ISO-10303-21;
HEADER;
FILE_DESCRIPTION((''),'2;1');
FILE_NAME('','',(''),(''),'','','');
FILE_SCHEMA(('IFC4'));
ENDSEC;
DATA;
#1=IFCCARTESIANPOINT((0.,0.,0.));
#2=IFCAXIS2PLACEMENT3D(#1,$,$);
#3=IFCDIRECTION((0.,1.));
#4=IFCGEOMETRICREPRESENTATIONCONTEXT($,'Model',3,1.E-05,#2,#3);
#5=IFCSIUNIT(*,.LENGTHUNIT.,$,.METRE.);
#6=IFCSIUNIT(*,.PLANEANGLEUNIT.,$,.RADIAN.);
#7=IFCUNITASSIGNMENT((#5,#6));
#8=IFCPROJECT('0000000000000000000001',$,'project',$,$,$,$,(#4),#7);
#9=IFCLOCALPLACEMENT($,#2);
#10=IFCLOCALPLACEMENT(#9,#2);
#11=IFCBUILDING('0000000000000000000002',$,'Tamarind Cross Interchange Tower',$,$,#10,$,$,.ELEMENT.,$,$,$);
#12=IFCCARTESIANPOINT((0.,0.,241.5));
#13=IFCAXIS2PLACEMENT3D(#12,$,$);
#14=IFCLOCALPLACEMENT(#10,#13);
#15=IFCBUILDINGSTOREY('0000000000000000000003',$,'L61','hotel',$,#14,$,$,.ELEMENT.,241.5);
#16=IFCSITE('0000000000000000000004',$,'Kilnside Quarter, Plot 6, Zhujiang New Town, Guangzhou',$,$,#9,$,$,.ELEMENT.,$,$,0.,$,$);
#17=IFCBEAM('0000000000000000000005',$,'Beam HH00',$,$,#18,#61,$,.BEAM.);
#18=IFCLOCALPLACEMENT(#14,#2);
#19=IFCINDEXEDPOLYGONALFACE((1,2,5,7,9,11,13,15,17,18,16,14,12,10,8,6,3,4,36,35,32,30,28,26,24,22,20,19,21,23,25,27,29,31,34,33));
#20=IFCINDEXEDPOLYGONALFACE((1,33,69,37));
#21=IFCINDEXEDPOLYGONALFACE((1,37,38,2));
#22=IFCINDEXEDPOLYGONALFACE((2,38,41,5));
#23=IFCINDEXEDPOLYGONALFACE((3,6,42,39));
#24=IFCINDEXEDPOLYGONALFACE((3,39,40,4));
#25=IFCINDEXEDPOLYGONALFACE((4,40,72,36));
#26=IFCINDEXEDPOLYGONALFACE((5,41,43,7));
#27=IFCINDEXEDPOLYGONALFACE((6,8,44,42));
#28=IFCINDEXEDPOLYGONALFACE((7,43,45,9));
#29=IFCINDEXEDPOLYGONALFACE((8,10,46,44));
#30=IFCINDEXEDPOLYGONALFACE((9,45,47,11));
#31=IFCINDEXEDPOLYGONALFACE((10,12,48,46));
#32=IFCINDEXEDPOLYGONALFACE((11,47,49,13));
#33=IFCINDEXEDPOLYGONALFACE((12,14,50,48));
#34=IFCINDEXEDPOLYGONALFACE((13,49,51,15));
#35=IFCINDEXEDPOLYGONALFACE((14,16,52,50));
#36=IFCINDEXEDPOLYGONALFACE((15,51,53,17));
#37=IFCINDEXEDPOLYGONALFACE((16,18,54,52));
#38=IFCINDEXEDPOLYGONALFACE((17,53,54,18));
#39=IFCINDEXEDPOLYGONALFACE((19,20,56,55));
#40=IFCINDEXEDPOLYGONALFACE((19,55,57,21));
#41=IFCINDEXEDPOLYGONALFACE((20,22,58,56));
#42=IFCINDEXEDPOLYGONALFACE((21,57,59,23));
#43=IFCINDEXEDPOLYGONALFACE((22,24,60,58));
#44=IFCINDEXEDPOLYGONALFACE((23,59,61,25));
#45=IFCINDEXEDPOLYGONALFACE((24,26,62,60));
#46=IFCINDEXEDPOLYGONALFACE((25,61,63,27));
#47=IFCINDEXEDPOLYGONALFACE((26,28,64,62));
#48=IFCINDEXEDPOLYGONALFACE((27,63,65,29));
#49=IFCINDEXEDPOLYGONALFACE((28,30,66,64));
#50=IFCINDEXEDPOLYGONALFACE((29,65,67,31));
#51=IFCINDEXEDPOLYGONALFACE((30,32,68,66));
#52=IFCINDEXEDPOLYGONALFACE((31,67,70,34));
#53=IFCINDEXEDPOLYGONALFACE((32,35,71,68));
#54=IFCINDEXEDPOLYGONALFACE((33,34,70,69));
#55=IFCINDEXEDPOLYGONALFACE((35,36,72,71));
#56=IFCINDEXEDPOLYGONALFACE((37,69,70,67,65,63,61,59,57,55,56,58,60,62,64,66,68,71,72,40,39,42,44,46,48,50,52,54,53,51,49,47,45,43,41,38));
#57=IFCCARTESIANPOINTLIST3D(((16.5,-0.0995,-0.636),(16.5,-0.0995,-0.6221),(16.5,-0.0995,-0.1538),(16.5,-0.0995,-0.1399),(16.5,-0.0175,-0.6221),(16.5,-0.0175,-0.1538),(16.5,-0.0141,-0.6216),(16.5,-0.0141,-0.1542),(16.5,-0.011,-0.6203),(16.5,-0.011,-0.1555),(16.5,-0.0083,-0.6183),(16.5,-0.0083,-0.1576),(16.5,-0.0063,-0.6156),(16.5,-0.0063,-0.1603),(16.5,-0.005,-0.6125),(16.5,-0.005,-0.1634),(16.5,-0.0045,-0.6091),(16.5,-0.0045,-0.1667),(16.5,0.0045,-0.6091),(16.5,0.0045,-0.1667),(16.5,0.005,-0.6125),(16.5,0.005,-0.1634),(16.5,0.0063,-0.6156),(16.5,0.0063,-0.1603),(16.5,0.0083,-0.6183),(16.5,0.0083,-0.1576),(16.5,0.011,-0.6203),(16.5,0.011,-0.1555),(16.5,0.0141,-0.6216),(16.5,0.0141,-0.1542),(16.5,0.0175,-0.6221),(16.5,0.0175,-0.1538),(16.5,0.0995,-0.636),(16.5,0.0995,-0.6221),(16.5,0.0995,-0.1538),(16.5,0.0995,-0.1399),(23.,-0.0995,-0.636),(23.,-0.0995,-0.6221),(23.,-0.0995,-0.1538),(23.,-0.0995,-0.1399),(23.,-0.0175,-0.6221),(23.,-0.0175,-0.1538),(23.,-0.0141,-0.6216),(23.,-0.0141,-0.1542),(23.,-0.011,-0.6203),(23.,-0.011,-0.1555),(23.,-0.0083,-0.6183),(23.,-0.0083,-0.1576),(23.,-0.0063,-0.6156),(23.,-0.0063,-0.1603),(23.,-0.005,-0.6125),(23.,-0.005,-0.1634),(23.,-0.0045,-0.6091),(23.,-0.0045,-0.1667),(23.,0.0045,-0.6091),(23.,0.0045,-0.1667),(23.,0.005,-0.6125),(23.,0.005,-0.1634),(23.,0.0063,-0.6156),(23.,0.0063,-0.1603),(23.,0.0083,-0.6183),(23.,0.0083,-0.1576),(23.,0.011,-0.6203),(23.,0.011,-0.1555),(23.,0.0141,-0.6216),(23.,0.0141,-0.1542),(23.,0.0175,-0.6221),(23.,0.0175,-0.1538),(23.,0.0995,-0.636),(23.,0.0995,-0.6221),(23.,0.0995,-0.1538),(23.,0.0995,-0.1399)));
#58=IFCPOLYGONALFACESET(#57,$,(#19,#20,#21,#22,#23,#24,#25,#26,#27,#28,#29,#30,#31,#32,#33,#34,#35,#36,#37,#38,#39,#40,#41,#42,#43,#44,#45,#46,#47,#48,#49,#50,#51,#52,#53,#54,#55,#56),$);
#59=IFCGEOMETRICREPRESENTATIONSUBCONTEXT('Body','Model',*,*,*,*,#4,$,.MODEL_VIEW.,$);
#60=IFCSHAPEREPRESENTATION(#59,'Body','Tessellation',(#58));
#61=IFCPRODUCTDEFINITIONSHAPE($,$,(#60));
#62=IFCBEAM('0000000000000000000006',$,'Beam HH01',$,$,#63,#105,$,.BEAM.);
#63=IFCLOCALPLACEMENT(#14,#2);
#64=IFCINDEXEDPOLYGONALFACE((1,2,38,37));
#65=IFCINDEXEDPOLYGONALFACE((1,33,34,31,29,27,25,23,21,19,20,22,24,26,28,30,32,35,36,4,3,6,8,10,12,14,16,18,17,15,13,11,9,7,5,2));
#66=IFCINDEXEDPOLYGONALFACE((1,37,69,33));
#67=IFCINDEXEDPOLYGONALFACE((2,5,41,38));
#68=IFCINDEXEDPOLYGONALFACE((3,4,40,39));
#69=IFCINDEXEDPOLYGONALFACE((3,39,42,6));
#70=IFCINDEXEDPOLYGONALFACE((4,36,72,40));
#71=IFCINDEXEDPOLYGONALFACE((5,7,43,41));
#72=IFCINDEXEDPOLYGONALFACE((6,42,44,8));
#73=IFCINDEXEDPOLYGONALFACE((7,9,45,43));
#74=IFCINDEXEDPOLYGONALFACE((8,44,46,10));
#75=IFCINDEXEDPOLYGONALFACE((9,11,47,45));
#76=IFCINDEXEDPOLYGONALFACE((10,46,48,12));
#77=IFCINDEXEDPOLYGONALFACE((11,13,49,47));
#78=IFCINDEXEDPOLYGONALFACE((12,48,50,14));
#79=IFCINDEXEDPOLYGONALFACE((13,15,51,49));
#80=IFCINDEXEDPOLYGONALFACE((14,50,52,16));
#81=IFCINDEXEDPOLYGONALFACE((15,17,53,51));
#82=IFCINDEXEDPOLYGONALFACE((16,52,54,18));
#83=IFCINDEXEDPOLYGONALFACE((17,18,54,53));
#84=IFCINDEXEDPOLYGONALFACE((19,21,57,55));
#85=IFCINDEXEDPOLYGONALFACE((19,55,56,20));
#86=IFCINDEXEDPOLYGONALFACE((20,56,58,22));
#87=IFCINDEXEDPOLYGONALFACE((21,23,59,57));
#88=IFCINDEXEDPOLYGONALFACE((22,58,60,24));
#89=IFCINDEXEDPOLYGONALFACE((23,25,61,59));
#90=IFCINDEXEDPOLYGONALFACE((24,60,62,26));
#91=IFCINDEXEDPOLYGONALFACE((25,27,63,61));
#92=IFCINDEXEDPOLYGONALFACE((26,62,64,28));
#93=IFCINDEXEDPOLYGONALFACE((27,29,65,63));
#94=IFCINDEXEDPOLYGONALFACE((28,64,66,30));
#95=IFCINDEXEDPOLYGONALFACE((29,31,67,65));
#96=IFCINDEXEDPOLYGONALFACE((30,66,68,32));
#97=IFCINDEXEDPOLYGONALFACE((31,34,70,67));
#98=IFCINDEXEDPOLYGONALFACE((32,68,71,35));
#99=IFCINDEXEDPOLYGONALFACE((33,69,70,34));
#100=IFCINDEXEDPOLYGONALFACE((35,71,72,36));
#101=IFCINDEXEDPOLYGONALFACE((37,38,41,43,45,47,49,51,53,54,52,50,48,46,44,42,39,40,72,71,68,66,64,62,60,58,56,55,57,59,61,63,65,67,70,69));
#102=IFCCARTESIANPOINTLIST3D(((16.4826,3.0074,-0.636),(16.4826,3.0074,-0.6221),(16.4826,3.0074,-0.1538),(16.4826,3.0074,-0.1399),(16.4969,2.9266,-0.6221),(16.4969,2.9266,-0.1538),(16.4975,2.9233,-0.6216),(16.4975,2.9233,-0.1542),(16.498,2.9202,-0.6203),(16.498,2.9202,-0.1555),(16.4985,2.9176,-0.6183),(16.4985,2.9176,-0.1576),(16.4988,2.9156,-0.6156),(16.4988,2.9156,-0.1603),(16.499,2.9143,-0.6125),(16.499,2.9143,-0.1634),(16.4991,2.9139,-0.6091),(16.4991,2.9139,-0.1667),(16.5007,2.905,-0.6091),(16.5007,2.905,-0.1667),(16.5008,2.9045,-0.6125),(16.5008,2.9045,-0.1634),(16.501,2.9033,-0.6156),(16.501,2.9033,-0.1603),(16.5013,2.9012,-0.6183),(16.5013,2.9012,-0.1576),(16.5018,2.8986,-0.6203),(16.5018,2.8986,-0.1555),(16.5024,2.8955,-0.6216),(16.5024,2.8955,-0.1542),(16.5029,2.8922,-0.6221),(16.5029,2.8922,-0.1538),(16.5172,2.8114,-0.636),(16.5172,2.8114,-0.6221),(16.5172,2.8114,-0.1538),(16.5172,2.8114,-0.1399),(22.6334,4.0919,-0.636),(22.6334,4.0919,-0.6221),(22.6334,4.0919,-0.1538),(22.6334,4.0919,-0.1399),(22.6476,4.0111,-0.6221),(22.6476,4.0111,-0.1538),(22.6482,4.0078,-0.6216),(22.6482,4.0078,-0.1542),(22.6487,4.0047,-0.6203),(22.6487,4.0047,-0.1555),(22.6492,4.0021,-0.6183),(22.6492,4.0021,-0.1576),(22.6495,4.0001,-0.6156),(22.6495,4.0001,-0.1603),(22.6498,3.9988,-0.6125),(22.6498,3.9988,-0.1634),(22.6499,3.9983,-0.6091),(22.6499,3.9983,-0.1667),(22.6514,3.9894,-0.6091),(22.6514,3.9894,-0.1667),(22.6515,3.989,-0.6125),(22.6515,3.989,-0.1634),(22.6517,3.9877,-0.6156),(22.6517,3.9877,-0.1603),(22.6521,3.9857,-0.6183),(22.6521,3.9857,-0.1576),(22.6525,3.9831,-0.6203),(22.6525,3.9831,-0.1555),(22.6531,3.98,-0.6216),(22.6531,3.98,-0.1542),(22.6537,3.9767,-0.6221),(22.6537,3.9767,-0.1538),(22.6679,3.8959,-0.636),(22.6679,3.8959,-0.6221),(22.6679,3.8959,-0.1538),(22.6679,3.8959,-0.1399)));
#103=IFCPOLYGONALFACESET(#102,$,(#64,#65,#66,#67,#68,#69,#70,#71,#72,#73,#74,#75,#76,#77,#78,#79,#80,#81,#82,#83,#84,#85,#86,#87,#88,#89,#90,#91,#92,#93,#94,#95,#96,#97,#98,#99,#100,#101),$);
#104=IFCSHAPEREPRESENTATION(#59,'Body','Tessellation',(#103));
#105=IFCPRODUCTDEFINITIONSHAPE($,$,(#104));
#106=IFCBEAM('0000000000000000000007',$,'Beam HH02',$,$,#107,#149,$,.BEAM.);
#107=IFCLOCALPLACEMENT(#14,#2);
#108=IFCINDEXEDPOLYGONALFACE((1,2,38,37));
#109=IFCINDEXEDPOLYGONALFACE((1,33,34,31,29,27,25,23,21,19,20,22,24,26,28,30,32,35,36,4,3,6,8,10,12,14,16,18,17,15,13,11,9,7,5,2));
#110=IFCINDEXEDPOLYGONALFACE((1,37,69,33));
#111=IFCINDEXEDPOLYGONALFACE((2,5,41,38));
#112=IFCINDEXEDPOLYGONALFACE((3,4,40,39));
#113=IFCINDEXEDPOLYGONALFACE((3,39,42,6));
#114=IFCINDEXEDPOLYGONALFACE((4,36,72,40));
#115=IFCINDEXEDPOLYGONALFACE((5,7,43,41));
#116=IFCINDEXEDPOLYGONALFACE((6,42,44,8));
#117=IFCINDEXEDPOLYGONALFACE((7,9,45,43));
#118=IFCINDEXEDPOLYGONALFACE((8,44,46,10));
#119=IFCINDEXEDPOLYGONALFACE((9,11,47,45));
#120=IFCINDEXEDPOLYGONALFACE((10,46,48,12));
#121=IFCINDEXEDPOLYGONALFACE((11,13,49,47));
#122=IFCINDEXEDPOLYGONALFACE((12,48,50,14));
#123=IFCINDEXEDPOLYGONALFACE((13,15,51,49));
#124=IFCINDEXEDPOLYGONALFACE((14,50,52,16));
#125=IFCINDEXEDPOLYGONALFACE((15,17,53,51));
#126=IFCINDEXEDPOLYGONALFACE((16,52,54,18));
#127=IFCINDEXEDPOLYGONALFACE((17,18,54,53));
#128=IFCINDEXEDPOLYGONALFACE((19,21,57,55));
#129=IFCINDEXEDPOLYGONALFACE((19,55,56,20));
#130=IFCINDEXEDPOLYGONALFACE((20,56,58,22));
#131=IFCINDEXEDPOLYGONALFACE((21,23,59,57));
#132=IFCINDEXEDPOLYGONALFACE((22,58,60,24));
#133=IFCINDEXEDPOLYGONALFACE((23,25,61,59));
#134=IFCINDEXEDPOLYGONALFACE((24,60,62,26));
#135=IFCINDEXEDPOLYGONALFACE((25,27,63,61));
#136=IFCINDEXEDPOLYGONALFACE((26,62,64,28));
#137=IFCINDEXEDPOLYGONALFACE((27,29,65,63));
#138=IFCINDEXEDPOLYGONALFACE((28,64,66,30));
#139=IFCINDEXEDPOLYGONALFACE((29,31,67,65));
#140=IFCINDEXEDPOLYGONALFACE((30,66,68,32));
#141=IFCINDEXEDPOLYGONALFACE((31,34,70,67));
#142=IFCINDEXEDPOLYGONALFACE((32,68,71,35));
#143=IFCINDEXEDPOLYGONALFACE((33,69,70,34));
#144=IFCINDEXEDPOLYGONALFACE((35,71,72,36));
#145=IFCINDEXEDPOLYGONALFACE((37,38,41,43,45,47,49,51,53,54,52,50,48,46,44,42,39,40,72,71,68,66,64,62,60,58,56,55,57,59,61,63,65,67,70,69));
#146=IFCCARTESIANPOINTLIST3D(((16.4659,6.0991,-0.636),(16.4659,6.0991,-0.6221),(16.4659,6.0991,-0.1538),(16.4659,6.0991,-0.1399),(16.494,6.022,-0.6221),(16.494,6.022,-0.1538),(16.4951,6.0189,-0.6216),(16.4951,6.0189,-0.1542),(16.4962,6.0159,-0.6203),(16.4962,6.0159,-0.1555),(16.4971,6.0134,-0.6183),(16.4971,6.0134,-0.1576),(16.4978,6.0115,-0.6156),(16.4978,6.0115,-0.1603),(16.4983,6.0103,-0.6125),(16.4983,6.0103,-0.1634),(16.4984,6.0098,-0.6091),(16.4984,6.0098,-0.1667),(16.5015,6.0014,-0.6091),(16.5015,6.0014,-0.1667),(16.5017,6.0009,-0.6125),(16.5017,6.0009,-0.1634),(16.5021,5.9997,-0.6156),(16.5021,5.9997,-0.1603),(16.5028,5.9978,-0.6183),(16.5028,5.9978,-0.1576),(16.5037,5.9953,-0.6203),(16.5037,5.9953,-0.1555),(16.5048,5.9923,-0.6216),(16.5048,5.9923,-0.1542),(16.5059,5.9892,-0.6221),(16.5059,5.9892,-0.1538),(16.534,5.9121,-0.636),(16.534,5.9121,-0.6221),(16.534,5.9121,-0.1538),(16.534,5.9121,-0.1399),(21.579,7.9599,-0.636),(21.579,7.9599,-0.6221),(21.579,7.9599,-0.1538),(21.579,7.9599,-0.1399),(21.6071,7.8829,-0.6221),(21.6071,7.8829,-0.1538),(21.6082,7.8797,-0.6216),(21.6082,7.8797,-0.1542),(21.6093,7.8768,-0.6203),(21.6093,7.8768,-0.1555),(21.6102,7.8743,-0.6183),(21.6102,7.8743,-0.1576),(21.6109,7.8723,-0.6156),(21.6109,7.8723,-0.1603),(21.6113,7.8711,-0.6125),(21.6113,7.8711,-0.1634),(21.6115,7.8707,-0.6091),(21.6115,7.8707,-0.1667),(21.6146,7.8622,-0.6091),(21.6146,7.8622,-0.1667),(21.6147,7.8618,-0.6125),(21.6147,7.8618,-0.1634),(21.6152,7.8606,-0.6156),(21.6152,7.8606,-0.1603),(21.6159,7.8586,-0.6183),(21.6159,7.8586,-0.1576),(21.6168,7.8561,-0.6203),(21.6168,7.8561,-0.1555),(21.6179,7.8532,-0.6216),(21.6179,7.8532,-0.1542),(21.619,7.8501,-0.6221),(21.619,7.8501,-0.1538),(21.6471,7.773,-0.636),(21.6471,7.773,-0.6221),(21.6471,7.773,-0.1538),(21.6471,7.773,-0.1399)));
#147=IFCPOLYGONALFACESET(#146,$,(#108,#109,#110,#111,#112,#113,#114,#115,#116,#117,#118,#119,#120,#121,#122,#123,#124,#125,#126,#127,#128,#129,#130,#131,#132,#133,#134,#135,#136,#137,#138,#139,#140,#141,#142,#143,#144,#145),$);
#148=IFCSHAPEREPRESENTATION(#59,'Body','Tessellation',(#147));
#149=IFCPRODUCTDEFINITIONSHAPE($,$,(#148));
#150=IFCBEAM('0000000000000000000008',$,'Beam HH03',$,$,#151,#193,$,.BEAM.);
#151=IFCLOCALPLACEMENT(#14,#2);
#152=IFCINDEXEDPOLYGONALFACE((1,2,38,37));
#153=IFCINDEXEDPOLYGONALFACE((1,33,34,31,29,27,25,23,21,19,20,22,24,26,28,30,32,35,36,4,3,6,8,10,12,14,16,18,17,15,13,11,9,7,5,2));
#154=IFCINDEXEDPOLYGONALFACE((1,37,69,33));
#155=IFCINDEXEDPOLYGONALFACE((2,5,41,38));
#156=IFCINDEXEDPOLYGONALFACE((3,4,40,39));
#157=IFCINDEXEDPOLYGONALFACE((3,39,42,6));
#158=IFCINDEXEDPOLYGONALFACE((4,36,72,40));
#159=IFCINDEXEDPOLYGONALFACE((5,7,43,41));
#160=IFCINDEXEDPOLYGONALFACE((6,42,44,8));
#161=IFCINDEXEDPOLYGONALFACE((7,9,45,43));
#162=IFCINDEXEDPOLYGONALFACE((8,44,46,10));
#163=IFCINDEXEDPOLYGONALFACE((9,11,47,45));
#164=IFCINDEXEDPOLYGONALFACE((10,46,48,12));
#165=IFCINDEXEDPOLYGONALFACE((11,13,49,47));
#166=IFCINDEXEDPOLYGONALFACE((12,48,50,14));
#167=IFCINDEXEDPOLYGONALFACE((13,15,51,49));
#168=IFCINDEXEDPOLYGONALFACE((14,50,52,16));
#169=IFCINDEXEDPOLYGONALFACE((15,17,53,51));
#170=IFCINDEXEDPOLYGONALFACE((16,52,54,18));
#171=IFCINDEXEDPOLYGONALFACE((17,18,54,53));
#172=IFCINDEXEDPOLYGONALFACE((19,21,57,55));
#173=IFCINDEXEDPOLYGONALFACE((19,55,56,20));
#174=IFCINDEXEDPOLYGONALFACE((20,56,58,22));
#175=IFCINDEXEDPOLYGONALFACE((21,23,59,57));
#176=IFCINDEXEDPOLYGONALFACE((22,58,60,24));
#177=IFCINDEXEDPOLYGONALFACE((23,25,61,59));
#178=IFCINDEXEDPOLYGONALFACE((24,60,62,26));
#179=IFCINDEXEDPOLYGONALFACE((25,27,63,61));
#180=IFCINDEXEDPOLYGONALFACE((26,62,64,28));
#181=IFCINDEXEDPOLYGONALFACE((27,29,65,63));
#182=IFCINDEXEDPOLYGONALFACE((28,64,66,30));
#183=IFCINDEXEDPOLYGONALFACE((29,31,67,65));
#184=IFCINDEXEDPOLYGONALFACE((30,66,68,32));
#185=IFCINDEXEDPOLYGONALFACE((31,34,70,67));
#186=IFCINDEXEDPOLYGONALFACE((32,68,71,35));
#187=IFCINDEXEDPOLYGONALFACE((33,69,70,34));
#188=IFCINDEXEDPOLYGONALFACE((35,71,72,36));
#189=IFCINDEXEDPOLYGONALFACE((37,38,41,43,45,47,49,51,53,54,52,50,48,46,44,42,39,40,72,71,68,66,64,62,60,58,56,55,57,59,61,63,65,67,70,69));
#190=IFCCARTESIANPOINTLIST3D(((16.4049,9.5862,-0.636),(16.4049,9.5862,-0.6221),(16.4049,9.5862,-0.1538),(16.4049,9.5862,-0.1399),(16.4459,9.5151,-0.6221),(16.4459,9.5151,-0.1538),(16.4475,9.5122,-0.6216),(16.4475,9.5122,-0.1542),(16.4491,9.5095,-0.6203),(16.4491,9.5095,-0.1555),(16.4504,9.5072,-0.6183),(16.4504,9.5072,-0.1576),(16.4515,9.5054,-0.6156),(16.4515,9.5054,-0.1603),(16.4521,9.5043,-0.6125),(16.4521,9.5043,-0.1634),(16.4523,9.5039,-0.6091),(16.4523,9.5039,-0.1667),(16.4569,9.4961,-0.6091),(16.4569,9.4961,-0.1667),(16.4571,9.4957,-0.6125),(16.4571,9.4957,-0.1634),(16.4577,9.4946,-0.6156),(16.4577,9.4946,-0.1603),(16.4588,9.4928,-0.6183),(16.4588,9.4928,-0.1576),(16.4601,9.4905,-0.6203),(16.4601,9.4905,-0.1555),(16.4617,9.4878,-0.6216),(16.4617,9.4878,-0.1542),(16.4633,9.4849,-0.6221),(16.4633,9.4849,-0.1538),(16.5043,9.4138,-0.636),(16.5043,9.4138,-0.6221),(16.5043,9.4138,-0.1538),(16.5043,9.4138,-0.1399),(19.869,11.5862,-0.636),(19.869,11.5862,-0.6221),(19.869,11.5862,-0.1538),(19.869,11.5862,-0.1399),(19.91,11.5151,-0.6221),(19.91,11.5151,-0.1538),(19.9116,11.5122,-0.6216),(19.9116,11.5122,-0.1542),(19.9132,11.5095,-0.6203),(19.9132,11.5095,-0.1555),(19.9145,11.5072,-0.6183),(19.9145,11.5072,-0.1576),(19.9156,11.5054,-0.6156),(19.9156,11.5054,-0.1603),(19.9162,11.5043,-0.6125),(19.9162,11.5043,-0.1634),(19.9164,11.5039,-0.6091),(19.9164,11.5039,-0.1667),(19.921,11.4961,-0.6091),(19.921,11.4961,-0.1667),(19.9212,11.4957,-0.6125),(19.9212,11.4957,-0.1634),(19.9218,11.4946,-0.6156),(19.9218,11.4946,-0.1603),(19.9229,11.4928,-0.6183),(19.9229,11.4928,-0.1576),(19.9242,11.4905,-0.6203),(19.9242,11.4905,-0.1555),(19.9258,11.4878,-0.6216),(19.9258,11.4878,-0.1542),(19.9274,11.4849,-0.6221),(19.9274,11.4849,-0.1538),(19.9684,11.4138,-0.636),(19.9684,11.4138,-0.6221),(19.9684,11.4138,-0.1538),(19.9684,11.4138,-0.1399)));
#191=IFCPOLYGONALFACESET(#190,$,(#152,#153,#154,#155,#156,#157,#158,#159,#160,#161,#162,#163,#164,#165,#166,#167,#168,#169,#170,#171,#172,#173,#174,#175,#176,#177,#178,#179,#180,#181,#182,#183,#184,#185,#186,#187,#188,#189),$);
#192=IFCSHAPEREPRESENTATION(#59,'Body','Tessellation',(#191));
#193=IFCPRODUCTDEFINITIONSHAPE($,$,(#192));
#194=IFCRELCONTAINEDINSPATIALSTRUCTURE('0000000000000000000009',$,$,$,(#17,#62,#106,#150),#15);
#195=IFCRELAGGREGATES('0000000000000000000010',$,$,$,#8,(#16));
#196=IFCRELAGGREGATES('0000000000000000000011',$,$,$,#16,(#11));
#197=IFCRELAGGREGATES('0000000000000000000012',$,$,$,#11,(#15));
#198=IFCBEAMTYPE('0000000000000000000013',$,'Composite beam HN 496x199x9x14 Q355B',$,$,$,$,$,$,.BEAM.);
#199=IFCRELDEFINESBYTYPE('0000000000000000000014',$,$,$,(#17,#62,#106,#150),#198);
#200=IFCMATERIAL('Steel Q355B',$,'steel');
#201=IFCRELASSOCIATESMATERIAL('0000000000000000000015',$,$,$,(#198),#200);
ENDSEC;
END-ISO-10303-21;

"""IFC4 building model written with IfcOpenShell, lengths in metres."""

from ifc_helpers import new_model, si_unit, direction, frame, origin, origin_2d, place, context, subcontext, project, spatial, i_section, extrude, material, material_profile, profile_set, type_object, element, save


model = new_model("IFC4")

# Units and contexts
model_context = context("Model", 3, precision=1e-05, world=origin(), true_north=direction((0.0, 1.0)))
body_context = subcontext(model_context, "Body", "Model", "MODEL_VIEW")
ifc_project = project(units=[si_unit("LENGTHUNIT", "METRE"), si_unit("PLANEANGLEUNIT", "RADIAN")], contexts=[model_context])

# Site, building, storey
site_placement = place(None, origin())
site = spatial("IfcSite", under=ifc_project, at=site_placement, Name="Kilnside Quarter, Plot 6, Zhujiang New Town, Guangzhou", CompositionType="ELEMENT", RefElevation=0.0)
building_placement = place(site_placement, origin())
building = spatial("IfcBuilding", under=site, at=building_placement, Name="Tamarind Cross Interchange Tower", CompositionType="ELEMENT")
storey_placement = place(building_placement, frame((0.0, 0.0, 241.5)))
storey = spatial("IfcBuildingStorey", under=building, at=storey_placement, Name="L61", Description="hotel", CompositionType="ELEMENT", Elevation=241.5)

# Beams
ifc_material_1 = material(Name="Steel Q355B", Category="steel")
ifc_material_profile_1 = material_profile(ifc_material_1, i_section(OverallWidth=0.199, OverallDepth=0.4961, WebThickness=0.009, FlangeThickness=0.0139, FilletRadius=0.0129, at=origin_2d()), Name="HN 496x199x9x14")
ifc_profile_set_1 = profile_set([ifc_material_profile_1], Name="Steel Q355B")
beam_type = type_object("IfcBeamType", Name="Composite beam HN 496x199x9x14 Q355B", PredefinedType="BEAM", material=ifc_profile_set_1)
beam_1_placement = place(storey_placement, frame((23.0, 0.0, -0.3879), z_axis=(-1.0, 0.0, 0.0), x_axis=(0.0, -1.0, 0.0)))
element("IfcBeam", 1, at=beam_1_placement, inside=storey, type_object=beam_type, Name="Beam HH00", PredefinedType="BEAM", context=body_context, shape_type="SweptSolid", body=[
    extrude(i_section(OverallWidth=0.199, OverallDepth=0.4961, WebThickness=0.009, FlangeThickness=0.0139, FilletRadius=0.0129, at=origin_2d()), origin(), (0.0, 0.0, 1.0), 6.5),
])
beam_2_placement = place(storey_placement, frame((22.6506, 3.9939, -0.3879), z_axis=(-0.984809, -0.17364, 0.0), x_axis=(0.17364, -0.984809, 0.0)))
element("IfcBeam", 2, at=beam_2_placement, inside=storey, type_object=beam_type, Name="Beam HH01", PredefinedType="BEAM", context=body_context, shape_type="SweptSolid", body=[
    extrude(i_section(OverallWidth=0.199, OverallDepth=0.4961, WebThickness=0.009, FlangeThickness=0.0139, FilletRadius=0.0129, at=origin_2d()), origin(), (0.0, 0.0, 1.0), 6.2456),
])
beam_3_placement = place(storey_placement, frame((21.613, 7.8665, -0.3879), z_axis=(-0.939702, -0.341995, 0.0), x_axis=(0.341995, -0.939702, 0.0)))
element("IfcBeam", 3, at=beam_3_placement, inside=storey, type_object=beam_type, Name="Beam HH02", PredefinedType="BEAM", context=body_context, shape_type="SweptSolid", body=[
    extrude(i_section(OverallWidth=0.199, OverallDepth=0.4961, WebThickness=0.009, FlangeThickness=0.0139, FilletRadius=0.0129, at=origin_2d()), origin(), (0.0, 0.0, 1.0), 5.4412),
])
beam_4_placement = place(storey_placement, frame((19.9187, 11.5, -0.3879), z_axis=(-0.866026, -0.499999, 0.0), x_axis=(0.499999, -0.866026, 0.0)))
element("IfcBeam", 4, at=beam_4_placement, inside=storey, type_object=beam_type, Name="Beam HH03", PredefinedType="BEAM", context=body_context, shape_type="SweptSolid", body=[
    extrude(i_section(OverallWidth=0.199, OverallDepth=0.4961, WebThickness=0.009, FlangeThickness=0.0139, FilletRadius=0.0129, at=origin_2d()), origin(), (0.0, 0.0, 1.0), 4.0),
])

save(model, "model.ifc")
